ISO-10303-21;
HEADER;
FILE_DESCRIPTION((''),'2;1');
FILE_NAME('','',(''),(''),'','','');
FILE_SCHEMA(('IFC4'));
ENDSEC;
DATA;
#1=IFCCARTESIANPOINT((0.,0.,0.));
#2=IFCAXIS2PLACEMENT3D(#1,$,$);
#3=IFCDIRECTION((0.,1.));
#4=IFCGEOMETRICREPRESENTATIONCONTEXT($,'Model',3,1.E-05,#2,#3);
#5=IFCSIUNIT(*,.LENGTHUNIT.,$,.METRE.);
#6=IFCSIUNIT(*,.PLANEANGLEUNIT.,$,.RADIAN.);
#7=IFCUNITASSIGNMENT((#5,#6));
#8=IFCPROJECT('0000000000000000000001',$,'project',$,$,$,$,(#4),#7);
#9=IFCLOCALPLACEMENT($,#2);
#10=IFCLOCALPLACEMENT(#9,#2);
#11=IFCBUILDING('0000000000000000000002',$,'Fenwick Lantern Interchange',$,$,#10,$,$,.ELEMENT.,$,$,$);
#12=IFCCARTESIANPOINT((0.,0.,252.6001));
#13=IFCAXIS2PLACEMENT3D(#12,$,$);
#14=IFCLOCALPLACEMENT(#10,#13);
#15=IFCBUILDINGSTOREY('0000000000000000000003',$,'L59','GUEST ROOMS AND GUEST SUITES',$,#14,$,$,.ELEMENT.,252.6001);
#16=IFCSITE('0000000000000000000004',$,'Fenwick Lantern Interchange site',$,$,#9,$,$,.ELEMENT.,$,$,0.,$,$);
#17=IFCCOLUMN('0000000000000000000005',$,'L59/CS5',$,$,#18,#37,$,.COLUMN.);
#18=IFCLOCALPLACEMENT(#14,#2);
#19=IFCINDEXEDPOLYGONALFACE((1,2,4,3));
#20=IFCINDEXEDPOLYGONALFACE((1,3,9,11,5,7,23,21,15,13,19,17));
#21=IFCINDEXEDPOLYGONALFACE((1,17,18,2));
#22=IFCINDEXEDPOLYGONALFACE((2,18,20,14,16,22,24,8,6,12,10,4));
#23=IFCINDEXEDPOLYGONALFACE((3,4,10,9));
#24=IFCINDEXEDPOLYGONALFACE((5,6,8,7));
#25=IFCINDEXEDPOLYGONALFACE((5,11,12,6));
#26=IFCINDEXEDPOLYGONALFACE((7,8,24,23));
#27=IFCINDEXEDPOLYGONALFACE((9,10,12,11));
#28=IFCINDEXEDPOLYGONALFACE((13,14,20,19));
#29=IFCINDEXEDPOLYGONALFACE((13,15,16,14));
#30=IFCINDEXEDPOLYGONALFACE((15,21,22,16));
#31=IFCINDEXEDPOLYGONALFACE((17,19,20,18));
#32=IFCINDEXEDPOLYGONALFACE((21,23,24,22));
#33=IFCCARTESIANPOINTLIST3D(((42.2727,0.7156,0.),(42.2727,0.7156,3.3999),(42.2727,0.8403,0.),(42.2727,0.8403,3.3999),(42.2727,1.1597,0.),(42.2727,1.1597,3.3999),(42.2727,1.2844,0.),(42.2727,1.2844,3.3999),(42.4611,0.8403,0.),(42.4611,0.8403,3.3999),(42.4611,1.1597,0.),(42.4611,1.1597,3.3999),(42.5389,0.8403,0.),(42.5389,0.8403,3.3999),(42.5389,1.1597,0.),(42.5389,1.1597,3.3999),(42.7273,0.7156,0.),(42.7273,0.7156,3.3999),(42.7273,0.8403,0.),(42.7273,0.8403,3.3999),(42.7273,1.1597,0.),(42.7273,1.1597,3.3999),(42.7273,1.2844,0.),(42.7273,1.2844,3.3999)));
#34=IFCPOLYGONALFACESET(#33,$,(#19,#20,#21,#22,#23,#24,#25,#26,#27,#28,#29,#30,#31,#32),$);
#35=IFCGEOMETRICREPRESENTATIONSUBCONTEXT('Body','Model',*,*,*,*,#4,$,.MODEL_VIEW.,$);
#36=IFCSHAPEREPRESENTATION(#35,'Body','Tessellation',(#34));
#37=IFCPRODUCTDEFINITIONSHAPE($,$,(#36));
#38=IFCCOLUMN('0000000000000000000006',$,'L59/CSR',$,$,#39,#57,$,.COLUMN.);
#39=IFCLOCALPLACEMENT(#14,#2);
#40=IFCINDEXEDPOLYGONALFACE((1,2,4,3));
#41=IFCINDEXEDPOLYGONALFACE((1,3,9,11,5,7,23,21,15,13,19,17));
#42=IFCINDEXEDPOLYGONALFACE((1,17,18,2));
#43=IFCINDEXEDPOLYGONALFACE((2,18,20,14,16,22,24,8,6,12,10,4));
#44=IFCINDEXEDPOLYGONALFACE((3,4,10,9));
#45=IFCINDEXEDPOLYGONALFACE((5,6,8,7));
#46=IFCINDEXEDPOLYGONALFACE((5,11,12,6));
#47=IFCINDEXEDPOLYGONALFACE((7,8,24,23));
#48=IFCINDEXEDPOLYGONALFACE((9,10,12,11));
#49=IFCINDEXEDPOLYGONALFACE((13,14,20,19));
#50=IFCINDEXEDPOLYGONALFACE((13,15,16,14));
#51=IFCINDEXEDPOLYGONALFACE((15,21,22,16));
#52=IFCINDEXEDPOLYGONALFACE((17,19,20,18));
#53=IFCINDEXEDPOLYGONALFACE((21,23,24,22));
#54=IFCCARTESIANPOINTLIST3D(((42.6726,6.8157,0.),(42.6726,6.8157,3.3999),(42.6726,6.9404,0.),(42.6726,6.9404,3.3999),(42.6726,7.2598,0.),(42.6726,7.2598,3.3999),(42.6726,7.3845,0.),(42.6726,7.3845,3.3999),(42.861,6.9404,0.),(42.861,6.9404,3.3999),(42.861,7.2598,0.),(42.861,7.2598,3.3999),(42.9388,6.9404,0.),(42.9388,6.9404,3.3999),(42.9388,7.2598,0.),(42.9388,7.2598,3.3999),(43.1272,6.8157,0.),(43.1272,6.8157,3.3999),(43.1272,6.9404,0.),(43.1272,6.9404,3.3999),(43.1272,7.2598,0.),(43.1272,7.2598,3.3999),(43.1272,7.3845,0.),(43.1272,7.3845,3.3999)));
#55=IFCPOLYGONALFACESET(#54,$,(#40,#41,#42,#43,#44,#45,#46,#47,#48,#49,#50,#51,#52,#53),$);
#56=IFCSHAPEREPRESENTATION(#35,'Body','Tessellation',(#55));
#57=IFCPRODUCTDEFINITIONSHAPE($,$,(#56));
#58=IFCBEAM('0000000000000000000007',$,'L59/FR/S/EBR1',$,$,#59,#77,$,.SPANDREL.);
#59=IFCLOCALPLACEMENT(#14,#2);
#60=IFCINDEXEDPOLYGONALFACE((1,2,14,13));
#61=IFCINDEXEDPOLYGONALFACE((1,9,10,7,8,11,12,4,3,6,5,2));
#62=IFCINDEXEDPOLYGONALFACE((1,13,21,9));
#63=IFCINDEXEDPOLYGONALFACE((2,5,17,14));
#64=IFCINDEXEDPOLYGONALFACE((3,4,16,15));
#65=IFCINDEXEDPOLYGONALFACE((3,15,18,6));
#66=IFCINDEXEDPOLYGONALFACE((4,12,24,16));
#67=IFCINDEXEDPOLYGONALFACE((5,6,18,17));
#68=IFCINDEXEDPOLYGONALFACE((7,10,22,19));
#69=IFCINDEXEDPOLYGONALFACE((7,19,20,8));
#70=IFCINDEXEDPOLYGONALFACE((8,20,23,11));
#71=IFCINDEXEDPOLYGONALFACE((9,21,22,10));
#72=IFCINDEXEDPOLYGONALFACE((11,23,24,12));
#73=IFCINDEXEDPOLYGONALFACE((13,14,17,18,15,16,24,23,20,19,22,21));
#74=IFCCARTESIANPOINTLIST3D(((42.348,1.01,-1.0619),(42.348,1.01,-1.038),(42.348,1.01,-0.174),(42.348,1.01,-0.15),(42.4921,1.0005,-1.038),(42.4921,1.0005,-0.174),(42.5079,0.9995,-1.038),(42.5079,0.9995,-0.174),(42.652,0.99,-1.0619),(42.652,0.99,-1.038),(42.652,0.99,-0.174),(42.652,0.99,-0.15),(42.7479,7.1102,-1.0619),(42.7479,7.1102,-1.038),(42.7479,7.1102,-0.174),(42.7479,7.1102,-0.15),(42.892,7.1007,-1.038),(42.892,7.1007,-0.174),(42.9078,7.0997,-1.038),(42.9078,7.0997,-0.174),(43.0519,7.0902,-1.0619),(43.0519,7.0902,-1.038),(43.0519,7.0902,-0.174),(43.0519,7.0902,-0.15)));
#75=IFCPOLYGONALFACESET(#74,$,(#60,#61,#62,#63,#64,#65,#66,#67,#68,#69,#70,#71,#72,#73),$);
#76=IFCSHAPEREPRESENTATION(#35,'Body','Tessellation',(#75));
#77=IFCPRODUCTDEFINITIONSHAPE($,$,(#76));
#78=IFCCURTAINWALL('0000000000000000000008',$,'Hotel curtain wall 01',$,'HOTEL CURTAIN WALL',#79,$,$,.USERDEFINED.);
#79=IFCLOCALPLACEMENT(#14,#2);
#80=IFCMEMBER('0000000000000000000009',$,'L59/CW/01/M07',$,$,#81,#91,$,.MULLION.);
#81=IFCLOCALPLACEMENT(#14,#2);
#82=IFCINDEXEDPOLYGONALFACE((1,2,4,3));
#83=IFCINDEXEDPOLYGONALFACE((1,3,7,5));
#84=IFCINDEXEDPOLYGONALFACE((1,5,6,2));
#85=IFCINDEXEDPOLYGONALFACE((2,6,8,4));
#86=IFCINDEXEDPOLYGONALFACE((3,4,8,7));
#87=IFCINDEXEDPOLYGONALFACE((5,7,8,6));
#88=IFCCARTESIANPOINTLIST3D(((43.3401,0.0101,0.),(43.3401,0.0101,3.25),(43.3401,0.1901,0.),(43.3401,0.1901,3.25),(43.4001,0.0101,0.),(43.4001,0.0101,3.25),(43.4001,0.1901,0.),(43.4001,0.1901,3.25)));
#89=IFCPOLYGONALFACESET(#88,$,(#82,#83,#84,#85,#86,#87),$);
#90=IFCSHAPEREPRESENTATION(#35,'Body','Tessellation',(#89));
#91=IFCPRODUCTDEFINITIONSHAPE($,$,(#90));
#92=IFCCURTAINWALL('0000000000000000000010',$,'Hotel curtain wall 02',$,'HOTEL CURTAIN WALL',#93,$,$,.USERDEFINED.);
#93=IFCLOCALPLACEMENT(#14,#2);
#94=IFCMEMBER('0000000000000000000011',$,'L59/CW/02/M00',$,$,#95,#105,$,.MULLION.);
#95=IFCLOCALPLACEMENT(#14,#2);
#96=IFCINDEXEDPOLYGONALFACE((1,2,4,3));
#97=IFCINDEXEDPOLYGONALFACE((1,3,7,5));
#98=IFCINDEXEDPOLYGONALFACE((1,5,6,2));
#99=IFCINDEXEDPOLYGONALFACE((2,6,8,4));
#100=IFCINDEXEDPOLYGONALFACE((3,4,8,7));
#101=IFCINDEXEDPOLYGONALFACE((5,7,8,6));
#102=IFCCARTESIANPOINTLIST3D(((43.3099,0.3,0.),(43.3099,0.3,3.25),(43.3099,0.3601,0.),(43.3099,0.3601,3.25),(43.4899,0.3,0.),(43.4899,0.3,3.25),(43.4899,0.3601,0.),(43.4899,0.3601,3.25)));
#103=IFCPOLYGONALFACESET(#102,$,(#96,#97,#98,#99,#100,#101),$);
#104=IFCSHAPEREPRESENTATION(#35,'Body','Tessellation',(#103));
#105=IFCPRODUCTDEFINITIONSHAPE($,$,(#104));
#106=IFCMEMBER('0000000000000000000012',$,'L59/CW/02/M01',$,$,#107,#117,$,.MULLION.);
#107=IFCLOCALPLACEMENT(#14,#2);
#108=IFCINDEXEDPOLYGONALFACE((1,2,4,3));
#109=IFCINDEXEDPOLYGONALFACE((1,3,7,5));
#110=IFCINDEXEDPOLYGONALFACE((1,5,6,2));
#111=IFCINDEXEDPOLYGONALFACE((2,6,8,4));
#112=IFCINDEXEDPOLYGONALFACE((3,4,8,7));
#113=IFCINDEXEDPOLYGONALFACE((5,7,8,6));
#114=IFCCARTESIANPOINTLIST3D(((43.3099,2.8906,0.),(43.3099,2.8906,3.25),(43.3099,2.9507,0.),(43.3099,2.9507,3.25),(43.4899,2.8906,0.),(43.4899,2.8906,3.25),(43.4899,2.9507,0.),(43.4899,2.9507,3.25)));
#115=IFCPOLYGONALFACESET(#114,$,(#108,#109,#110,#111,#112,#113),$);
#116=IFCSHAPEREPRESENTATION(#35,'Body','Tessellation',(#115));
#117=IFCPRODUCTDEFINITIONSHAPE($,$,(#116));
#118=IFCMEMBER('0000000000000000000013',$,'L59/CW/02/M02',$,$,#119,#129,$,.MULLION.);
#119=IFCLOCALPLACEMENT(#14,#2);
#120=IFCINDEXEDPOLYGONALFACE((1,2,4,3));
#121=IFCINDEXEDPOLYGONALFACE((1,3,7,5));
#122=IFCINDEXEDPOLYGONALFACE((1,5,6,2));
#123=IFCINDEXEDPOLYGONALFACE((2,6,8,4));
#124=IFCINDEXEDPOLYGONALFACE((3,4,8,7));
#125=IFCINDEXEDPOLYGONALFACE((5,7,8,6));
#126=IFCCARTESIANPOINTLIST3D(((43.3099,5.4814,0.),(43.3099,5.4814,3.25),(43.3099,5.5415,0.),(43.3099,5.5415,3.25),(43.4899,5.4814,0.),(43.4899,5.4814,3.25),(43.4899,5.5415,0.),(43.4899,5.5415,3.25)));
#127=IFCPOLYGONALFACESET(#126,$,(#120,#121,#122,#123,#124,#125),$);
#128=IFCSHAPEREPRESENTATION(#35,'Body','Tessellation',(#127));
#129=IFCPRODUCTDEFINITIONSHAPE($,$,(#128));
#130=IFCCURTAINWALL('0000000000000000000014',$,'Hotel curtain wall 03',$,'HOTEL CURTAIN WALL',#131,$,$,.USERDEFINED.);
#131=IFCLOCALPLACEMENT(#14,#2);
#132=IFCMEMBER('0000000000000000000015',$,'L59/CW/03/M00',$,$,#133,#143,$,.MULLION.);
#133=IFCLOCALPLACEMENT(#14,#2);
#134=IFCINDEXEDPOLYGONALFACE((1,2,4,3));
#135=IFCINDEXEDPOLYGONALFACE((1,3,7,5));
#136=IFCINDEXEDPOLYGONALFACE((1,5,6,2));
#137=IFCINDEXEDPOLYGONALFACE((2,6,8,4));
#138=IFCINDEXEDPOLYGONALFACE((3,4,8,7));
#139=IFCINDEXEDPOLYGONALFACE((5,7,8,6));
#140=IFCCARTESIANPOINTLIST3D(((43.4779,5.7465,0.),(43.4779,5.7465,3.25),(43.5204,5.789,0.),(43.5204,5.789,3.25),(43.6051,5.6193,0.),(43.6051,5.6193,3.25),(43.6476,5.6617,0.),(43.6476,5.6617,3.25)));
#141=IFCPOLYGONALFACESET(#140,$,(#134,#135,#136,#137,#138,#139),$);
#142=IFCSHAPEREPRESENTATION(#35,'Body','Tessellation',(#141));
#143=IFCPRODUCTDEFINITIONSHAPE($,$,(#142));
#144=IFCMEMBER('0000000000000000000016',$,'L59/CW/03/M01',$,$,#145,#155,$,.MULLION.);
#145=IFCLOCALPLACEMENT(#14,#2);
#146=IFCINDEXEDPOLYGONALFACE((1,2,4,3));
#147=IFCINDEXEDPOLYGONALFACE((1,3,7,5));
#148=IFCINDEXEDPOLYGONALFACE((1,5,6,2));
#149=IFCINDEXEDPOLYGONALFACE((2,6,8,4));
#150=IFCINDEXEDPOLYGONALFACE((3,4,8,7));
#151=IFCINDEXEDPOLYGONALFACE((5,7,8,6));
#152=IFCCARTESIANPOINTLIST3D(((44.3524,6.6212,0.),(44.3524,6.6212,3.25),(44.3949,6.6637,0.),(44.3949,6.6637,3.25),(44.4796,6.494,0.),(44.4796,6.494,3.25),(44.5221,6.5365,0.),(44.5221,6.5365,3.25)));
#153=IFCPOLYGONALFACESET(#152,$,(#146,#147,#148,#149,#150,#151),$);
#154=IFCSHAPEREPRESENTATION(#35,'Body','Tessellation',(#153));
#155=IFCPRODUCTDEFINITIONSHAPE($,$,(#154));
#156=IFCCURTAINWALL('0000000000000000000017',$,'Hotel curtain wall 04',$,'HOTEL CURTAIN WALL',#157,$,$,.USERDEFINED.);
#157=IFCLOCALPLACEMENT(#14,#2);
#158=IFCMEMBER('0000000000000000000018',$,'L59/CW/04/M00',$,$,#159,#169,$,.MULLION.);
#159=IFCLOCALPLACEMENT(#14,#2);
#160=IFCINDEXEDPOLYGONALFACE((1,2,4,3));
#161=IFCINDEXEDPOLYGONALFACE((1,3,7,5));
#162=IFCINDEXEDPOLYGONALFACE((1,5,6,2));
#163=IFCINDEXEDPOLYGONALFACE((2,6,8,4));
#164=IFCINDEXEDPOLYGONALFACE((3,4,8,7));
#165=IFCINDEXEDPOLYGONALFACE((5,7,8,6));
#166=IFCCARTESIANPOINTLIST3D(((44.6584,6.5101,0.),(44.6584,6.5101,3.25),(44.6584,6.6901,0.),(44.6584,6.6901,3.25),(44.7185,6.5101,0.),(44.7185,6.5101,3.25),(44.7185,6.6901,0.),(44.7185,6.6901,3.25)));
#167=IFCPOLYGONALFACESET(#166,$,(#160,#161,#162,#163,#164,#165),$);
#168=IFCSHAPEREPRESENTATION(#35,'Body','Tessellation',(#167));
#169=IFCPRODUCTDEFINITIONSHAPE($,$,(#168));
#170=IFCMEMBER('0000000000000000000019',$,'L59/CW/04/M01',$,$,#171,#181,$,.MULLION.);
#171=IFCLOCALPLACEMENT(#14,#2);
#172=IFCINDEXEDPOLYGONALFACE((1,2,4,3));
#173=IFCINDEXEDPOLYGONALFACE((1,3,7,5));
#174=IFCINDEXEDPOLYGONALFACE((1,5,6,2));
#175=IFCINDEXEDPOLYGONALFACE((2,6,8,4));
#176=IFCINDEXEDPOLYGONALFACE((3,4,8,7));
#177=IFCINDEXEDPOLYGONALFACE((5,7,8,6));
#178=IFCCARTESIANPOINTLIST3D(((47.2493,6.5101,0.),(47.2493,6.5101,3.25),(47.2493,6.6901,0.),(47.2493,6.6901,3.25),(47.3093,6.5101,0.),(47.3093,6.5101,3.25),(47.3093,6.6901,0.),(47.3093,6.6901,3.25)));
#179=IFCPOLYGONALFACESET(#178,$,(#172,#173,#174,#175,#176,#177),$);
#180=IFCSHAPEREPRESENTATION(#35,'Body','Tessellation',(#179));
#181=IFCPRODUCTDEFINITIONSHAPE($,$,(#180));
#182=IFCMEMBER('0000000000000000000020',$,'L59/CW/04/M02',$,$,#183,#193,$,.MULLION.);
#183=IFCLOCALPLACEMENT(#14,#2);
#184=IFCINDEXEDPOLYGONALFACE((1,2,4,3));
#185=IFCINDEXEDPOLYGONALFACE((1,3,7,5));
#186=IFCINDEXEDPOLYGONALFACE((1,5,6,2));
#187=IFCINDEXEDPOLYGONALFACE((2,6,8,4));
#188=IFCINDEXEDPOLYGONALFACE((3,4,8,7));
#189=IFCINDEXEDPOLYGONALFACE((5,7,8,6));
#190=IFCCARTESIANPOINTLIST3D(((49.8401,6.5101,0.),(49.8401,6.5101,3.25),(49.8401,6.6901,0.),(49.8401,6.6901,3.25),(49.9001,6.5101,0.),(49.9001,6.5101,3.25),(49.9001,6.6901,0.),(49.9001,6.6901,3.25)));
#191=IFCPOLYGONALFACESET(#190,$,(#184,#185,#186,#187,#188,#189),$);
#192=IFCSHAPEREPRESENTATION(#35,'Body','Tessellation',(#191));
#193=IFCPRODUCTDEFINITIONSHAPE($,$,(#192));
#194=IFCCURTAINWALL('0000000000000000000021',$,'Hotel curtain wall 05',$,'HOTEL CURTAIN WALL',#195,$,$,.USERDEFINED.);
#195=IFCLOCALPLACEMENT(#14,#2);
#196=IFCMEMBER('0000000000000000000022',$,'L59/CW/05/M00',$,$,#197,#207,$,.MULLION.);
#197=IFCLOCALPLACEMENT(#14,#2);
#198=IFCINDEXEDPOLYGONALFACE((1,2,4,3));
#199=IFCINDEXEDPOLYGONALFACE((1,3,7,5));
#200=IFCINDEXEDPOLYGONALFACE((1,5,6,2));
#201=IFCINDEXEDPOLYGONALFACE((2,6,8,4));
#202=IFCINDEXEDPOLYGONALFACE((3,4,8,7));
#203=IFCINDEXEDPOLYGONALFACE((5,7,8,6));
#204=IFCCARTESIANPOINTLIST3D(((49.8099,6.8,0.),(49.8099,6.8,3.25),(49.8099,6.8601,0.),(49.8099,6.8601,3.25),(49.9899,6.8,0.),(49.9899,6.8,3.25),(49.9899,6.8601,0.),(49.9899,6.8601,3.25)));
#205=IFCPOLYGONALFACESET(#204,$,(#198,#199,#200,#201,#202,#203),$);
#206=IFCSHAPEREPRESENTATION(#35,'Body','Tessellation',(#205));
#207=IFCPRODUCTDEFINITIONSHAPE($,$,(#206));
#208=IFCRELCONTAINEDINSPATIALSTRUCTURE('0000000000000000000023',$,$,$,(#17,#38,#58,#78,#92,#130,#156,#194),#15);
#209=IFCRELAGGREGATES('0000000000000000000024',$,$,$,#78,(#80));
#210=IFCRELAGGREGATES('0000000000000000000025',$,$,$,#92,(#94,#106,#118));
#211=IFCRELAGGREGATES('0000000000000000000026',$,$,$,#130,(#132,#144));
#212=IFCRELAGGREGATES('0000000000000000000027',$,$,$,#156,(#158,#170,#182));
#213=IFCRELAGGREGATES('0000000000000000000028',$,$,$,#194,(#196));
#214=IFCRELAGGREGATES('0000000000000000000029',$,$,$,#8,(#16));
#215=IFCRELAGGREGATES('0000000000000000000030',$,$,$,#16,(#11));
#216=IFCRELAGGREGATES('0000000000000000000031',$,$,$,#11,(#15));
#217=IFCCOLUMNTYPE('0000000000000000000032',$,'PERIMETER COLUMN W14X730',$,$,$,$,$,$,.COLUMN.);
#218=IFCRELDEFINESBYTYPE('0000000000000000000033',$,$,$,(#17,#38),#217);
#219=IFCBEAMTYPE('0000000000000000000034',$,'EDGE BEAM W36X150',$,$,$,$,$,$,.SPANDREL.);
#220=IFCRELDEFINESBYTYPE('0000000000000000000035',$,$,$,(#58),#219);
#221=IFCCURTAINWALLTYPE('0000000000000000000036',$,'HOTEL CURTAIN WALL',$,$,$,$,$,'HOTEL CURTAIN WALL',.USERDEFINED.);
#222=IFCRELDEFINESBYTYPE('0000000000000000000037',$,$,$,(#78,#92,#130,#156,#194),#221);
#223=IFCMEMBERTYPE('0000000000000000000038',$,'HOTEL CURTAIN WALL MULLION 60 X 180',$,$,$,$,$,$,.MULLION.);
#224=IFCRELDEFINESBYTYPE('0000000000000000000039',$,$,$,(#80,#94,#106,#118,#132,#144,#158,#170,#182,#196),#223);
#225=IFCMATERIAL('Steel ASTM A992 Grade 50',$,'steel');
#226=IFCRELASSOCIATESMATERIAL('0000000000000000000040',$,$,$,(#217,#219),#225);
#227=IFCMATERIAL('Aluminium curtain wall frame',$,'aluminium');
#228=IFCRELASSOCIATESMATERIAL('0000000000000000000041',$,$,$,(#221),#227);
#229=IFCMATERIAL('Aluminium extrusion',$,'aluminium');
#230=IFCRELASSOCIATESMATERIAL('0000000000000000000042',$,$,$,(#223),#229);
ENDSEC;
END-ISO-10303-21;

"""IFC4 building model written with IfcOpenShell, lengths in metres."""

from ifc_helpers import new_model, si_unit, direction, frame, origin, origin_2d, place, context, subcontext, project, spatial, rectangle, i_section, extrude, material, material_profile, profile_set, type_object, element, aggregate, save


model = new_model("IFC4")

# Units and contexts
model_context = context("Model", 3, precision=1e-05, world=origin(), true_north=direction((0.0, 1.0)))
body_context = subcontext(model_context, "Body", "Model", "MODEL_VIEW")
ifc_project = project(units=[si_unit("LENGTHUNIT", "METRE"), si_unit("PLANEANGLEUNIT", "RADIAN")], contexts=[model_context])

# Site, building, storey
site_placement = place(None, origin())
site = spatial("IfcSite", under=ifc_project, at=site_placement, Name="Fenwick Lantern Interchange site", CompositionType="ELEMENT", RefElevation=0.0)
building_placement = place(site_placement, origin())
building = spatial("IfcBuilding", under=site, at=building_placement, Name="Fenwick Lantern Interchange", CompositionType="ELEMENT")
storey_placement = place(building_placement, frame((0.0, 0.0, 252.6001)))
storey = spatial("IfcBuildingStorey", under=building, at=storey_placement, Name="L59", Description="GUEST ROOMS AND GUEST SUITES", CompositionType="ELEMENT", Elevation=252.6001)

# Columns
ifc_material_1 = material(Name="Steel ASTM A992 Grade 50", Category="steel")
ifc_material_profile_1 = material_profile(ifc_material_1, i_section(OverallWidth=0.4546, OverallDepth=0.5688, WebThickness=0.0779, FlangeThickness=0.1248, at=origin_2d()), Name="W14X730")
ifc_profile_set_1 = profile_set([ifc_material_profile_1], Name="Steel ASTM A992 Grade 50")
column_type = type_object("IfcColumnType", Name="PERIMETER COLUMN W14X730", PredefinedType="COLUMN", material=ifc_profile_set_1)
for number, where, z_axis, x_axis, name in (
    (1, (42.5, 1.0, 0.0), (0.0, 0.0, 1.0), (1.0, 0.0, 0.0), "L59/CS5"),
    (2, (42.8999, 7.1001, 0.0), (0.0, 0.0, 1.0), (1.0, 0.0, 0.0), "L59/CSR"),
):
    element("IfcColumn", number, at=place(storey_placement, frame(where, z_axis=z_axis, x_axis=x_axis)), inside=storey, type_object=column_type, Name=name, PredefinedType="COLUMN", context=body_context, shape_type="SweptSolid", body=[
        extrude(i_section(OverallWidth=0.4546, OverallDepth=0.5688, WebThickness=0.0779, FlangeThickness=0.1248, at=origin_2d()), origin(), (0.0, 0.0, 1.0), 3.3999),
    ])

# Beam
ifc_material_profile_2 = material_profile(ifc_material_1, i_section(OverallWidth=0.3047, OverallDepth=0.9119, WebThickness=0.0159, FlangeThickness=0.0239, at=origin_2d()), Name="W36X150")
ifc_profile_set_2 = profile_set([ifc_material_profile_2], Name="Steel ASTM A992 Grade 50")
beam_type = type_object("IfcBeamType", Name="EDGE BEAM W36X150", PredefinedType="SPANDREL", material=ifc_profile_set_2)
beam_placement = place(storey_placement, frame((42.5, 1.0, -0.606), z_axis=(0.065416, 0.997858, 0.0), x_axis=(-0.997858, 0.065416, 0.0)))
element("IfcBeam", 3, at=beam_placement, inside=storey, type_object=beam_type, Name="L59/FR/S/EBR1", PredefinedType="SPANDREL", context=body_context, shape_type="SweptSolid", body=[
    extrude(i_section(OverallWidth=0.3047, OverallDepth=0.9119, WebThickness=0.0159, FlangeThickness=0.0239, at=origin_2d()), origin(), (0.0, 0.0, 1.0), 6.1133),
])

# Curtain wall, member
ifc_material_2 = material(Name="Aluminium curtain wall frame", Category="aluminium")
curtain_wall_type = type_object("IfcCurtainWallType", Name="HOTEL CURTAIN WALL", ElementType="HOTEL CURTAIN WALL", PredefinedType="USERDEFINED", material=ifc_material_2)
curtain_wall_1_placement = place(storey_placement, origin())
curtain_wall_1 = element("IfcCurtainWall", 4, at=curtain_wall_1_placement, inside=storey, type_object=curtain_wall_type, Name="Hotel curtain wall 01", ObjectType="HOTEL CURTAIN WALL", PredefinedType="USERDEFINED")
ifc_material_3 = material(Name="Aluminium extrusion", Category="aluminium")
ifc_material_profile_3 = material_profile(ifc_material_3, rectangle(XDim=0.1799, YDim=0.0601, at=origin_2d()), Name="HOTEL CURTAIN WALL MULLION 60 X 180")
ifc_profile_set_3 = profile_set([ifc_material_profile_3], Name="Aluminium extrusion")
member_type_1 = type_object("IfcMemberType", Name="HOTEL CURTAIN WALL MULLION 60 X 180", PredefinedType="MULLION", material=ifc_profile_set_3)
member_1_placement = place(storey_placement, frame((43.3701, 0.1001, 0.0), z_axis=(0.0, 0.0, 1.0), x_axis=(0.0, 1.0, 0.0)))
member_1 = element("IfcMember", 5, at=member_1_placement, type_object=member_type_1, Name="L59/CW/01/M07", PredefinedType="MULLION", context=body_context, shape_type="SweptSolid", body=[
    extrude(rectangle(XDim=0.1799, YDim=0.0601, at=origin_2d()), origin(), (0.0, 0.0, 1.0), 3.25),
])
aggregate(curtain_wall_1, [member_1])

# Curtain walls, members
curtain_wall_2_placement = place(storey_placement, origin())
curtain_wall_2 = element("IfcCurtainWall", 6, at=curtain_wall_2_placement, inside=storey, type_object=curtain_wall_type, Name="Hotel curtain wall 02", ObjectType="HOTEL CURTAIN WALL", PredefinedType="USERDEFINED")
member_2_placement = place(storey_placement, frame((43.3999, 0.3301, 0.0), z_axis=(0.0, 0.0, 1.0), x_axis=(-1.0, 0.0, 0.0)))
member_2 = element("IfcMember", 7, at=member_2_placement, type_object=member_type_1, Name="L59/CW/02/M00", PredefinedType="MULLION", context=body_context, shape_type="SweptSolid", body=[
    extrude(rectangle(XDim=0.1799, YDim=0.0601, at=origin_2d()), origin(), (0.0, 0.0, 1.0), 3.25),
])
member_3_placement = place(storey_placement, frame((43.3999, 2.9207, 0.0), z_axis=(0.0, 0.0, 1.0), x_axis=(-1.0, 0.0, 0.0)))
member_3 = element("IfcMember", 8, at=member_3_placement, type_object=member_type_1, Name="L59/CW/02/M01", PredefinedType="MULLION", context=body_context, shape_type="SweptSolid", body=[
    extrude(rectangle(XDim=0.1799, YDim=0.0601, at=origin_2d()), origin(), (0.0, 0.0, 1.0), 3.25),
])
member_4_placement = place(storey_placement, frame((43.3999, 5.5115, 0.0), z_axis=(0.0, 0.0, 1.0), x_axis=(-1.0, 0.0, 0.0)))
member_4 = element("IfcMember", 9, at=member_4_placement, type_object=member_type_1, Name="L59/CW/02/M02", PredefinedType="MULLION", context=body_context, shape_type="SweptSolid", body=[
    extrude(rectangle(XDim=0.1799, YDim=0.0601, at=origin_2d()), origin(), (0.0, 0.0, 1.0), 3.25),
])
curtain_wall_3_placement = place(storey_placement, origin())
curtain_wall_3 = element("IfcCurtainWall", 10, at=curtain_wall_3_placement, inside=storey, type_object=curtain_wall_type, Name="Hotel curtain wall 03", ObjectType="HOTEL CURTAIN WALL", PredefinedType="USERDEFINED")
member_5_placement = place(storey_placement, frame((43.5627, 5.7041, 0.0), z_axis=(0.0, 0.0, 1.0), x_axis=(-0.707107, 0.707107, 0.0)))
member_5 = element("IfcMember", 11, at=member_5_placement, type_object=member_type_1, Name="L59/CW/03/M00", PredefinedType="MULLION", context=body_context, shape_type="SweptSolid", body=[
    extrude(rectangle(XDim=0.1799, YDim=0.0601, at=origin_2d()), origin(), (0.0, 0.0, 1.0), 3.25),
])
member_6_placement = place(storey_placement, frame((44.4373, 6.5789, 0.0), z_axis=(0.0, 0.0, 1.0), x_axis=(-0.707107, 0.707107, 0.0)))
member_6 = element("IfcMember", 12, at=member_6_placement, type_object=member_type_1, Name="L59/CW/03/M01", PredefinedType="MULLION", context=body_context, shape_type="SweptSolid", body=[
    extrude(rectangle(XDim=0.1799, YDim=0.0601, at=origin_2d()), origin(), (0.0, 0.0, 1.0), 3.25),
])
curtain_wall_4_placement = place(storey_placement, origin())
curtain_wall_4 = element("IfcCurtainWall", 13, at=curtain_wall_4_placement, inside=storey, type_object=curtain_wall_type, Name="Hotel curtain wall 04", ObjectType="HOTEL CURTAIN WALL", PredefinedType="USERDEFINED")
member_7_placement = place(storey_placement, frame((44.6885, 6.6001, 0.0), z_axis=(0.0, 0.0, 1.0), x_axis=(0.0, 1.0, 0.0)))
member_7 = element("IfcMember", 14, at=member_7_placement, type_object=member_type_1, Name="L59/CW/04/M00", PredefinedType="MULLION", context=body_context, shape_type="SweptSolid", body=[
    extrude(rectangle(XDim=0.1799, YDim=0.0601, at=origin_2d()), origin(), (0.0, 0.0, 1.0), 3.25),
])
member_8_placement = place(storey_placement, frame((47.2793, 6.6001, 0.0), z_axis=(0.0, 0.0, 1.0), x_axis=(0.0, 1.0, 0.0)))
member_8 = element("IfcMember", 15, at=member_8_placement, type_object=member_type_1, Name="L59/CW/04/M01", PredefinedType="MULLION", context=body_context, shape_type="SweptSolid", body=[
    extrude(rectangle(XDim=0.1799, YDim=0.0601, at=origin_2d()), origin(), (0.0, 0.0, 1.0), 3.25),
])
member_9_placement = place(storey_placement, frame((49.8701, 6.6001, 0.0), z_axis=(0.0, 0.0, 1.0), x_axis=(0.0, 1.0, 0.0)))
member_9 = element("IfcMember", 16, at=member_9_placement, type_object=member_type_1, Name="L59/CW/04/M02", PredefinedType="MULLION", context=body_context, shape_type="SweptSolid", body=[
    extrude(rectangle(XDim=0.1799, YDim=0.0601, at=origin_2d()), origin(), (0.0, 0.0, 1.0), 3.25),
])

# Curtain wall, member
curtain_wall_5_placement = place(storey_placement, origin())
curtain_wall_5 = element("IfcCurtainWall", 17, at=curtain_wall_5_placement, inside=storey, type_object=curtain_wall_type, Name="Hotel curtain wall 05", ObjectType="HOTEL CURTAIN WALL", PredefinedType="USERDEFINED")
member_10_placement = place(storey_placement, frame((49.8999, 6.8301, 0.0), z_axis=(0.0, 0.0, 1.0), x_axis=(-1.0, 0.0, 0.0)))
member_10 = element("IfcMember", 18, at=member_10_placement, type_object=member_type_1, Name="L59/CW/05/M00", PredefinedType="MULLION", context=body_context, shape_type="SweptSolid", body=[
    extrude(rectangle(XDim=0.1799, YDim=0.0601, at=origin_2d()), origin(), (0.0, 0.0, 1.0), 3.25),
])

aggregate(curtain_wall_2, [member_2, member_3, member_4])
aggregate(curtain_wall_3, [member_5, member_6])
aggregate(curtain_wall_4, [member_7, member_8, member_9])
aggregate(curtain_wall_5, [member_10])

save(model, "model.ifc")
